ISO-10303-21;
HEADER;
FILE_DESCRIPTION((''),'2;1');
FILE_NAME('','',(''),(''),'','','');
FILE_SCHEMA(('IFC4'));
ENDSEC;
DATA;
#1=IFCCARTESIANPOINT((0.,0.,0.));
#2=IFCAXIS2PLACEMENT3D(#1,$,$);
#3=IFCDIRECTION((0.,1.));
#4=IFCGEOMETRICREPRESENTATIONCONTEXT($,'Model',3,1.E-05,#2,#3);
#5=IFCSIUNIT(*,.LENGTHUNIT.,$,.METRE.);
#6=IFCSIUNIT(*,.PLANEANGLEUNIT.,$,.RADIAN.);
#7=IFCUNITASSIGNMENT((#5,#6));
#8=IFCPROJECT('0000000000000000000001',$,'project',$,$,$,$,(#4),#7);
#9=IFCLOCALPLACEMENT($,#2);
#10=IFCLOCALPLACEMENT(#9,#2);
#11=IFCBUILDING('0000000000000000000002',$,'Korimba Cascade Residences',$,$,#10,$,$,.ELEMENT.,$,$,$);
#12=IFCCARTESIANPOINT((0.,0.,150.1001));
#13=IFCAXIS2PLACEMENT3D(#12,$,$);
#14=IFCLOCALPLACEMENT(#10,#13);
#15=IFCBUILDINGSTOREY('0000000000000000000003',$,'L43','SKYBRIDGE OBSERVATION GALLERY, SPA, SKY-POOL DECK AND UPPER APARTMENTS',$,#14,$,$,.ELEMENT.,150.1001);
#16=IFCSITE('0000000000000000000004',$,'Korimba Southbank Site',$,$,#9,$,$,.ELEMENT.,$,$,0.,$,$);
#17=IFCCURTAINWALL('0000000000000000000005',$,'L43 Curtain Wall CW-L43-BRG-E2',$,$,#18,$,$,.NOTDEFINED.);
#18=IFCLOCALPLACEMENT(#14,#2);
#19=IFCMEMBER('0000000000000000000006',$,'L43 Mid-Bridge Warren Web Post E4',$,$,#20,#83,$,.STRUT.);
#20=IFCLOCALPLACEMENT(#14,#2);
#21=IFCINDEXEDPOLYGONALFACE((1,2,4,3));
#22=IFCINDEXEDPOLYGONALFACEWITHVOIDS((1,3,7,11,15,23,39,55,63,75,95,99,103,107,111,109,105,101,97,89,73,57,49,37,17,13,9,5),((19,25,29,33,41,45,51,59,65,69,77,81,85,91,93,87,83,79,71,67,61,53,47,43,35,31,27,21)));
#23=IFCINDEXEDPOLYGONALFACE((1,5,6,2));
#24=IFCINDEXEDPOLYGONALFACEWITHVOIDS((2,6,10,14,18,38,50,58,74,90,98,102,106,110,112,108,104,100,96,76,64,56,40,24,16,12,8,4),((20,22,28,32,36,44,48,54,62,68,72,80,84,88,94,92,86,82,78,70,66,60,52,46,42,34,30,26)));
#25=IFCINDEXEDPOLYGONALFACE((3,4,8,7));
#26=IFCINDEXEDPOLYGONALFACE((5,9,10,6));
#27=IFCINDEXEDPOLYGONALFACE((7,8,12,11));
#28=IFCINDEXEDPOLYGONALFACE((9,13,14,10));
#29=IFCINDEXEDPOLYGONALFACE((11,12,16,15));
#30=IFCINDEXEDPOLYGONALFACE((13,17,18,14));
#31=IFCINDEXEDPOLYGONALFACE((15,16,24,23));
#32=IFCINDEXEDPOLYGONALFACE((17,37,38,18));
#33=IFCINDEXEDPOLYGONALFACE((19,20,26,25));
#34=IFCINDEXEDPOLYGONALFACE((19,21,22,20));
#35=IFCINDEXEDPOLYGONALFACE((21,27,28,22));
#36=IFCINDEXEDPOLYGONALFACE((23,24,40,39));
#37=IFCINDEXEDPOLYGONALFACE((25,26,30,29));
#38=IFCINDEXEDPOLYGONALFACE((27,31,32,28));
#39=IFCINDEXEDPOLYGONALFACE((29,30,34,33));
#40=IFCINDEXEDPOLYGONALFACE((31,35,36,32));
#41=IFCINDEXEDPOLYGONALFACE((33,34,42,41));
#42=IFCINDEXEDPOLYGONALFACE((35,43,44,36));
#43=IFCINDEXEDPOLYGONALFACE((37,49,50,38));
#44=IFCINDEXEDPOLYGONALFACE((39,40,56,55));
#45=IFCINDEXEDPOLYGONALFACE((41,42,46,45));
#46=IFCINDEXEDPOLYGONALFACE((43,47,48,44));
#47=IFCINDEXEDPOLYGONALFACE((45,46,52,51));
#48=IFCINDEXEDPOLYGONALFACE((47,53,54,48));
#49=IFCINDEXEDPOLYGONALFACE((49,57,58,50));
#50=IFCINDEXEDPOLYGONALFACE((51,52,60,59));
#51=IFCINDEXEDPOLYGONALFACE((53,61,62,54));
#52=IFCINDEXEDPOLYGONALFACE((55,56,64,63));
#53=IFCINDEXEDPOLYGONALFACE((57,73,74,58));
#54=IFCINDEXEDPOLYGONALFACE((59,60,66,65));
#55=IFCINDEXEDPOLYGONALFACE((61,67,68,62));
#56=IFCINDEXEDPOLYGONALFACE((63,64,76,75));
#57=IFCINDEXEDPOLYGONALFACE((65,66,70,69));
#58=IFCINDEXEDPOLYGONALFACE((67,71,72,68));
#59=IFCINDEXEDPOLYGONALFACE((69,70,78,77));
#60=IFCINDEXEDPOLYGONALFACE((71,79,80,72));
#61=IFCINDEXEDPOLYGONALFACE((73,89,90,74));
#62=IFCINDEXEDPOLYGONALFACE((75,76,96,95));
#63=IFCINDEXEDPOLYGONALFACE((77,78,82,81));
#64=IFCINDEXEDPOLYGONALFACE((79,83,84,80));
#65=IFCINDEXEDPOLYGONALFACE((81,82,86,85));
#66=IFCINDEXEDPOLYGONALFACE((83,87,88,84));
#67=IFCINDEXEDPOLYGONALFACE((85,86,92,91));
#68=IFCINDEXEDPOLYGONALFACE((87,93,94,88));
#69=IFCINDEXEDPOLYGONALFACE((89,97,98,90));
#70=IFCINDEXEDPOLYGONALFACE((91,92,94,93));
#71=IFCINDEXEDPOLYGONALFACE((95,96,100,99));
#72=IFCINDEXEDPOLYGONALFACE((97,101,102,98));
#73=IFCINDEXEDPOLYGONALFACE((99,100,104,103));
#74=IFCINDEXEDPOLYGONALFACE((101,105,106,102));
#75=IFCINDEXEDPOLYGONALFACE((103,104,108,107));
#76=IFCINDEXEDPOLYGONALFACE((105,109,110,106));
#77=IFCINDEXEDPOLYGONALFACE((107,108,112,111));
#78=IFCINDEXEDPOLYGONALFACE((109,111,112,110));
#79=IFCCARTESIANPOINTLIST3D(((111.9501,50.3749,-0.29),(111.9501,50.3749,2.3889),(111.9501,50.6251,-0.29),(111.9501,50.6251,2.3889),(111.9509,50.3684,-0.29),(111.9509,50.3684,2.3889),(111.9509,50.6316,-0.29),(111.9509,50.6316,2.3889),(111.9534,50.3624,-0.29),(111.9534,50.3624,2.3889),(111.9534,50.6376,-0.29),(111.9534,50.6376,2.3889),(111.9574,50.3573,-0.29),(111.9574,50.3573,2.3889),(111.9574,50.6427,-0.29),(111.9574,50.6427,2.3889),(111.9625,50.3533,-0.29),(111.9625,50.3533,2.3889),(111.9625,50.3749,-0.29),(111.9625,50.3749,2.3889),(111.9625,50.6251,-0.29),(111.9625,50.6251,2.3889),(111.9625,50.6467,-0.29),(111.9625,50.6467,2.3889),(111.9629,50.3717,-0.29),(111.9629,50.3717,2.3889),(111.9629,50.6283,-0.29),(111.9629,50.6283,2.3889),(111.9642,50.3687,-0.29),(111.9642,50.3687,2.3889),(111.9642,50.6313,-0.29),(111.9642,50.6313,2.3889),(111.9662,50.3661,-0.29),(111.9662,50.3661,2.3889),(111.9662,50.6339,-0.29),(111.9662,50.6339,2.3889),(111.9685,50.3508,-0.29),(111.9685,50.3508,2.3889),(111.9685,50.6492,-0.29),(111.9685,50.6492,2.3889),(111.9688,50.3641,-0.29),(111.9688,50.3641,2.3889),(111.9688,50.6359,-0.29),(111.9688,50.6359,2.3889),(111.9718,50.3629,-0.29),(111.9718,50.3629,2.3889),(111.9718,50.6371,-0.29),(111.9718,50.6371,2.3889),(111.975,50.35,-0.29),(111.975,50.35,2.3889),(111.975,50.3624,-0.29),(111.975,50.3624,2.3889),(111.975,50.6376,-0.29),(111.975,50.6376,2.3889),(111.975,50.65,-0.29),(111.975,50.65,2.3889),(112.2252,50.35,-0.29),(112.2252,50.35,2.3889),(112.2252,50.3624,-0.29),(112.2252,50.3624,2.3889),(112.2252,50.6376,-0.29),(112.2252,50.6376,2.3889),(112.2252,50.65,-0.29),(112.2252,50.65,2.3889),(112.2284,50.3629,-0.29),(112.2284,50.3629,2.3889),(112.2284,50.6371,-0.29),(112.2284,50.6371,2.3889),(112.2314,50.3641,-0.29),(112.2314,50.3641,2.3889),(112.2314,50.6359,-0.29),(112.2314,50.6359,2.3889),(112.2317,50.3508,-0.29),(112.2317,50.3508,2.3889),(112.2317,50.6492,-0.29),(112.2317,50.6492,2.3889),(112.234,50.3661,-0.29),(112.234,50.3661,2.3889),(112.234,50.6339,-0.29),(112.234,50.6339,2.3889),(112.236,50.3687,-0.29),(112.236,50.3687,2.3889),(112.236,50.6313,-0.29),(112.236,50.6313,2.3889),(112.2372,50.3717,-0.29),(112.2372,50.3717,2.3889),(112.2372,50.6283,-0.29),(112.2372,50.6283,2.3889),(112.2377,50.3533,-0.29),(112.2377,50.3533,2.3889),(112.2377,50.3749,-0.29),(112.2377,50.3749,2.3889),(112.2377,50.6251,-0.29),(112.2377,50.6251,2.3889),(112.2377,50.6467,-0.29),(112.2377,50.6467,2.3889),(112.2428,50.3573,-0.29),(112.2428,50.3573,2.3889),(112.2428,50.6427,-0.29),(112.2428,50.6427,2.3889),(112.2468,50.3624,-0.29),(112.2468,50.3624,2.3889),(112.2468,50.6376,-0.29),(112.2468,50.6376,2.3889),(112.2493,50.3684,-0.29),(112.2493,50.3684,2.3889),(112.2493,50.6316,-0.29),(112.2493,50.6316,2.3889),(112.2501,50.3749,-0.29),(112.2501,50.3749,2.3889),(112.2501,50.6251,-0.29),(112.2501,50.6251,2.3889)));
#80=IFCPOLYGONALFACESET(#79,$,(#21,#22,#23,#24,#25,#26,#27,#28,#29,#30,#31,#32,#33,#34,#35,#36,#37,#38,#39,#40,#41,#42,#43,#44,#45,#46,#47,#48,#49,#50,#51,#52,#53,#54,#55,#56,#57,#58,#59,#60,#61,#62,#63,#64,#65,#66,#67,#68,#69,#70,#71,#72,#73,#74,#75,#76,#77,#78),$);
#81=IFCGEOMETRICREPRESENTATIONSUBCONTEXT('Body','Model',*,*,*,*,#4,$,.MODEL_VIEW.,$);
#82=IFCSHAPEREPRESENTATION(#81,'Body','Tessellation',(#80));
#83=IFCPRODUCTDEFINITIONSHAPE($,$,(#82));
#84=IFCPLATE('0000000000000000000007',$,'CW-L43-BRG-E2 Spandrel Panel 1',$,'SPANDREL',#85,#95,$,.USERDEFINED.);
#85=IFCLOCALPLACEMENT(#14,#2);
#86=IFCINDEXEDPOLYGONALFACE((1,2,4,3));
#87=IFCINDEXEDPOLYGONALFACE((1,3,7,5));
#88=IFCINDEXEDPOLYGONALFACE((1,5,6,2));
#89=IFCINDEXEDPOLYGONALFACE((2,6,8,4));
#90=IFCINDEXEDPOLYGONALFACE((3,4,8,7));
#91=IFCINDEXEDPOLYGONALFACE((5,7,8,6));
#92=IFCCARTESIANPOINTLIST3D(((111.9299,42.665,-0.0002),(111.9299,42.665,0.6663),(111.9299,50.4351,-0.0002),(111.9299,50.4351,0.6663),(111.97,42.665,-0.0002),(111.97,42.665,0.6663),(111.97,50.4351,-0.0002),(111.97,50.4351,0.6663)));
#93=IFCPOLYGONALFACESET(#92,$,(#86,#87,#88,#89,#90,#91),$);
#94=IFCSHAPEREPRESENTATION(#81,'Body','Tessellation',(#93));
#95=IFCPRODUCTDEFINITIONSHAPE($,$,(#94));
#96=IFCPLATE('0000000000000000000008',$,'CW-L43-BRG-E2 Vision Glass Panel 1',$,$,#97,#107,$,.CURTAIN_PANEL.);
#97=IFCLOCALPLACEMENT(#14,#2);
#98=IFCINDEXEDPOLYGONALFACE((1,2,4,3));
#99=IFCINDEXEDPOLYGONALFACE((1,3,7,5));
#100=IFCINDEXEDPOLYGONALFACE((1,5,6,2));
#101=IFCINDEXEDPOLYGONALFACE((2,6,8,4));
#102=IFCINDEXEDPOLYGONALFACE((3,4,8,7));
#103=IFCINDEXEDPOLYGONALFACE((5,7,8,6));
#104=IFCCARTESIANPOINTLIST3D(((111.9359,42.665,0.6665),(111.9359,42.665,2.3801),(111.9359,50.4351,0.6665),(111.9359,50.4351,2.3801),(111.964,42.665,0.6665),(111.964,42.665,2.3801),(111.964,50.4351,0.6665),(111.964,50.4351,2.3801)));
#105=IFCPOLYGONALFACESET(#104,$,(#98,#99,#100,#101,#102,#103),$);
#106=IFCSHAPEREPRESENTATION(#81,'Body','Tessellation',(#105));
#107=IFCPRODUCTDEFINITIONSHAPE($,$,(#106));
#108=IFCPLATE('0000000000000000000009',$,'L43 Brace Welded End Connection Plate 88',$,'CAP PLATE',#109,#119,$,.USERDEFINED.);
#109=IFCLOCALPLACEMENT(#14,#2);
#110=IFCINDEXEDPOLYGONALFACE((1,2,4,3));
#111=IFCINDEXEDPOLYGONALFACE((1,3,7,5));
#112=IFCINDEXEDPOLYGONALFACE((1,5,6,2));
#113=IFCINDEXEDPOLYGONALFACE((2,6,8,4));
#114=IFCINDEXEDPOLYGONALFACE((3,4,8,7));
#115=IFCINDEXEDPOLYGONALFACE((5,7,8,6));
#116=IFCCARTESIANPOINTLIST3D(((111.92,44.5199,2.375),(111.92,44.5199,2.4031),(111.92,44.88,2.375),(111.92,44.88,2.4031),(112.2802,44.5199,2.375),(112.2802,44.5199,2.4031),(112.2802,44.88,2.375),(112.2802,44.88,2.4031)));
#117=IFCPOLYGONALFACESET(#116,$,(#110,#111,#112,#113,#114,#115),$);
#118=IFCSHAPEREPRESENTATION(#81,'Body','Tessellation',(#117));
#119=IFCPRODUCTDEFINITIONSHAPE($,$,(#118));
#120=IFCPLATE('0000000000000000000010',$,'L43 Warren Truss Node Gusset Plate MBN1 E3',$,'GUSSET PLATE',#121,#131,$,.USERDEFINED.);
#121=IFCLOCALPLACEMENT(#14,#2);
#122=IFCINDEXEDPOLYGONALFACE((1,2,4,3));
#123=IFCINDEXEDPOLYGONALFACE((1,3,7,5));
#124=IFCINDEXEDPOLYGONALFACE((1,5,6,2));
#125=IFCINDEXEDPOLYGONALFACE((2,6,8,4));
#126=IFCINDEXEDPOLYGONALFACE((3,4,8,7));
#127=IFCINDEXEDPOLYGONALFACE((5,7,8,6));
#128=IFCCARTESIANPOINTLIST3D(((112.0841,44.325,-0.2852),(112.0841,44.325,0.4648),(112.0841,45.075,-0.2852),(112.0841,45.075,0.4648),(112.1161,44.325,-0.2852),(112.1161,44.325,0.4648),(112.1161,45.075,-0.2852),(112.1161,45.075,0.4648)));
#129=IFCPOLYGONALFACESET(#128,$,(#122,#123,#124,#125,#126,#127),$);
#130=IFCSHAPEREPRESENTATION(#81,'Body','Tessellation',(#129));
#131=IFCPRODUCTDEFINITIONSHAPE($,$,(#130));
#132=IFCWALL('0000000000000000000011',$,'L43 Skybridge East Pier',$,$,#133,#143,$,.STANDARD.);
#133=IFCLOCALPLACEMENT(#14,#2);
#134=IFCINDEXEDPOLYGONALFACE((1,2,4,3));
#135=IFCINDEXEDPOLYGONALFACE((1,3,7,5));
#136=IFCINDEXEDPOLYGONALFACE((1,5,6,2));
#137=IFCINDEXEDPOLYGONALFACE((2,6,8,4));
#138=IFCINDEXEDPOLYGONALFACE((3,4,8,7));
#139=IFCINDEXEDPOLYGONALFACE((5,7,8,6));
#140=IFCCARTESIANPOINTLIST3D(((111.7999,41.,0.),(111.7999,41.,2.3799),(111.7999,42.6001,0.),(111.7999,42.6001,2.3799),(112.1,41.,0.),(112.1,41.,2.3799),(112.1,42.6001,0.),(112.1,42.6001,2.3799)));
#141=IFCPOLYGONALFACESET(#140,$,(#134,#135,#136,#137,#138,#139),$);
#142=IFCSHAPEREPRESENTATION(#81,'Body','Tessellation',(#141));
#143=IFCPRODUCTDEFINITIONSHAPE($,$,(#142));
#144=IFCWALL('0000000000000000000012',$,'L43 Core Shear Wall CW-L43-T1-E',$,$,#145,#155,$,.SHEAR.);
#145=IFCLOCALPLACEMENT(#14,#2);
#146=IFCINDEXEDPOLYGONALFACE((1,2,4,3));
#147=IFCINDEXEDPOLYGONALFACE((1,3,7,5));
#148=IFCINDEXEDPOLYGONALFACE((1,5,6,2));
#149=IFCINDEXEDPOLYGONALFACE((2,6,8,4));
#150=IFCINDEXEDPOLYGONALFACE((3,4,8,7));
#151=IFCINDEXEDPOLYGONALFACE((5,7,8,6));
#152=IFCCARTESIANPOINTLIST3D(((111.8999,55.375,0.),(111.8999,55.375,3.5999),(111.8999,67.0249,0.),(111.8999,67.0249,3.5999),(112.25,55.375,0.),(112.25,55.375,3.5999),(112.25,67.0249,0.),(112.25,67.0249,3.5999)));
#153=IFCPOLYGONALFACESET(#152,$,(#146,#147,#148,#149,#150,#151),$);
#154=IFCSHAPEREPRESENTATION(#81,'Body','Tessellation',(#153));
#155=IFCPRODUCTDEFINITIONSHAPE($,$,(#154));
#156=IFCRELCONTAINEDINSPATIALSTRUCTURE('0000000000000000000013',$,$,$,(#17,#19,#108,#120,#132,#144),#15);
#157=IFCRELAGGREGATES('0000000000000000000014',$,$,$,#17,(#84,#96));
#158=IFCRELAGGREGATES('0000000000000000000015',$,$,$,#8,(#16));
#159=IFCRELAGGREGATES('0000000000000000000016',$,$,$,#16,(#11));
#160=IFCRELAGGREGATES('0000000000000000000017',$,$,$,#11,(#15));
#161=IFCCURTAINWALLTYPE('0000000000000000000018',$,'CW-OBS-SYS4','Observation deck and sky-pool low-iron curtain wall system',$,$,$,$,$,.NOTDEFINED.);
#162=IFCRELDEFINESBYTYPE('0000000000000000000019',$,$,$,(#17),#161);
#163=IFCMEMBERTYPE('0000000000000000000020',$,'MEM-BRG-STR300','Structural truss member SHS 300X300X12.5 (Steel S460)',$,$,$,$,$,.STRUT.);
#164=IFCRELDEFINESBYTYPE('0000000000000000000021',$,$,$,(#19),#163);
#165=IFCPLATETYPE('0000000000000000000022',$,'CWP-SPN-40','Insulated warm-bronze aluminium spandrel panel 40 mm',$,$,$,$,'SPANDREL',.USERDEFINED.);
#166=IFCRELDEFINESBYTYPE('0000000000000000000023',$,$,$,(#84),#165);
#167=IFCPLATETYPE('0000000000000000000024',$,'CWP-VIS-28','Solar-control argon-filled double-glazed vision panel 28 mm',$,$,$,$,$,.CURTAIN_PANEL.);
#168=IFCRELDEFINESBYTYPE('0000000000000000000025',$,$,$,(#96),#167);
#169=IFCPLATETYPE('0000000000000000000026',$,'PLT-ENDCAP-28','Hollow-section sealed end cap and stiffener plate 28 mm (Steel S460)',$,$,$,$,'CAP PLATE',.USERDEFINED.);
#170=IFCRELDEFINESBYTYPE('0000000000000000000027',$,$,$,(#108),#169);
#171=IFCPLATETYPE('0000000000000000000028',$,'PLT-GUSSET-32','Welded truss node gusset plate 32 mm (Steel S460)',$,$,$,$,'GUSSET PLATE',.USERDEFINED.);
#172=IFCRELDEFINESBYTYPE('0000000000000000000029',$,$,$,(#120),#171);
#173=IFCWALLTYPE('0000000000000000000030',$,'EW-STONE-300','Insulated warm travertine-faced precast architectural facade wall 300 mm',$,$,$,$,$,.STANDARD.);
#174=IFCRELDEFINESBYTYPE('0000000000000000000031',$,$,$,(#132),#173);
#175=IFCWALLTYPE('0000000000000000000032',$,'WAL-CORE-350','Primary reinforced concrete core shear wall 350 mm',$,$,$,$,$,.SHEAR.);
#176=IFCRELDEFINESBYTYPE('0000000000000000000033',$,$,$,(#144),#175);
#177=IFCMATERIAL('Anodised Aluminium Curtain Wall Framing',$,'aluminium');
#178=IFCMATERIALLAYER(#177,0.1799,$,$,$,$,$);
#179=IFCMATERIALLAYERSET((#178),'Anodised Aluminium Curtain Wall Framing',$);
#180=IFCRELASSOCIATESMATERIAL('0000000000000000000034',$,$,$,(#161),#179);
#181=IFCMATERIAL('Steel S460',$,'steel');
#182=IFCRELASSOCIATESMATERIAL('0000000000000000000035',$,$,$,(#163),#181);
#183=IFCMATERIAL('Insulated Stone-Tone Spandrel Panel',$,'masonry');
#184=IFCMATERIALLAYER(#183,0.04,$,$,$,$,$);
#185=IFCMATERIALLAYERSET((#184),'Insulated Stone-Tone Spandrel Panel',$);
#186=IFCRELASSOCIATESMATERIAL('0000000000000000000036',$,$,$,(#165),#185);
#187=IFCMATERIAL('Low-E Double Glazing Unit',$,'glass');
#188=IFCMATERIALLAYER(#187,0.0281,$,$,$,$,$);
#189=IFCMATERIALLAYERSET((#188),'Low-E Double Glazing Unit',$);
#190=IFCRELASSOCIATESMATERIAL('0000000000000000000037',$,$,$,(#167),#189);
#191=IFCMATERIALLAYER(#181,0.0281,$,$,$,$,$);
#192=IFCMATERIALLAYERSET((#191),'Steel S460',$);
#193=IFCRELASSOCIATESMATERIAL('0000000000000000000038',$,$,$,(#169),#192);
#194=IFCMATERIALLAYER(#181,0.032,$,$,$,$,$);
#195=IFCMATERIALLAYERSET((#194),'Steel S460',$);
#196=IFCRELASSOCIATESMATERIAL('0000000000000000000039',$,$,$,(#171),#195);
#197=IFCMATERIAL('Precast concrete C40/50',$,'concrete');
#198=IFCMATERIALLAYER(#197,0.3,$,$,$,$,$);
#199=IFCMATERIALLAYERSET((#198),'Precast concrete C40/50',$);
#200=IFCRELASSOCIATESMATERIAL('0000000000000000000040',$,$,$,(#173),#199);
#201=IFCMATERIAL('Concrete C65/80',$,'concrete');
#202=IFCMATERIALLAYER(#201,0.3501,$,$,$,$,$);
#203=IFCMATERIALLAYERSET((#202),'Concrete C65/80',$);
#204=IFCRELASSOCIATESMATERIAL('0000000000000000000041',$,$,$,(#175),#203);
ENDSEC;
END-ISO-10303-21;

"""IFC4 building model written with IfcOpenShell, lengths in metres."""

from ifc_helpers import new_model, si_unit, direction, frame, frame_2d, origin, origin_2d, place, context, subcontext, project, spatial, rectangle, hollow_rectangle, extrude, material, layer, layer_set, material_profile, profile_set, type_object, element, aggregate, save


model = new_model("IFC4")

# Units and contexts
model_context = context("Model", 3, precision=1e-05, world=origin(), true_north=direction((0.0, 1.0)))
body_context = subcontext(model_context, "Body", "Model", "MODEL_VIEW")
ifc_project = project(units=[si_unit("LENGTHUNIT", "METRE"), si_unit("PLANEANGLEUNIT", "RADIAN")], contexts=[model_context])

# Site, building, storey
site_placement = place(None, origin())
site = spatial("IfcSite", under=ifc_project, at=site_placement, Name="Korimba Southbank Site", CompositionType="ELEMENT", RefElevation=0.0)
building_placement = place(site_placement, origin())
building = spatial("IfcBuilding", under=site, at=building_placement, Name="Korimba Cascade Residences", CompositionType="ELEMENT")
storey_placement = place(building_placement, frame((0.0, 0.0, 150.1001)))
storey = spatial("IfcBuildingStorey", under=building, at=storey_placement, Name="L43", Description="SKYBRIDGE OBSERVATION GALLERY, SPA, SKY-POOL DECK AND UPPER APARTMENTS", CompositionType="ELEMENT", Elevation=150.1001)

# Shared definitions
ifc_material_1 = material(Name="Anodised Aluminium Curtain Wall Framing", Category="aluminium")
ifc_layer_1 = layer(ifc_material_1, 0.1799)
ifc_layer_set_1 = layer_set([ifc_layer_1], Name="Anodised Aluminium Curtain Wall Framing")
curtain_wall_type = type_object("IfcCurtainWallType", Name="CW-OBS-SYS4", Description="Observation deck and sky-pool low-iron curtain wall system", PredefinedType="NOTDEFINED", material=ifc_layer_set_1)

# Curtain wall
curtain_wall_1_placement = place(storey_placement, origin())
curtain_wall_1 = element("IfcCurtainWall", 1, at=curtain_wall_1_placement, inside=storey, type_object=curtain_wall_type, Name="L43 Curtain Wall CW-L43-BRG-E2", PredefinedType="NOTDEFINED")

# Member
ifc_material_2 = material(Name="Steel S460", Category="steel")
ifc_material_profile_1 = material_profile(ifc_material_2, hollow_rectangle(XDim=0.3, YDim=0.3, WallThickness=0.0125, InnerFilletRadius=0.0125, OuterFilletRadius=0.0249, at=origin_2d()), Name="Steel S460")
ifc_profile_set_1 = profile_set([ifc_material_profile_1], Name="Steel S460")
member_type_1 = type_object("IfcMemberType", Name="MEM-BRG-STR300", Description="Structural truss member SHS 300X300X12.5 (Steel S460)", PredefinedType="STRUT", material=ifc_profile_set_1)
for number, where, z_axis, x_axis, name in (
    (2, (112.1001, 50.5, -0.29), (0.0, 0.0, 1.0), (1.0, 0.0, 0.0), "L43 Mid-Bridge Warren Web Post E4"),
):
    element("IfcMember", number, at=place(storey_placement, frame(where, z_axis=z_axis, x_axis=x_axis)), inside=storey, type_object=member_type_1, Name=name, PredefinedType="STRUT", context=body_context, shape_type="SweptSolid", body=[
        extrude(hollow_rectangle(XDim=0.3, YDim=0.3, WallThickness=0.0125, InnerFilletRadius=0.0125, OuterFilletRadius=0.0249, at=origin_2d()), origin(), (0.0, 0.0, 1.0), 2.679),
    ])

# Plates
ifc_material_3 = material(Name="Insulated Stone-Tone Spandrel Panel", Category="masonry")
ifc_layer_2 = layer(ifc_material_3, 0.04)
ifc_layer_set_2 = layer_set([ifc_layer_2], Name="Insulated Stone-Tone Spandrel Panel")
plate_type_1 = type_object("IfcPlateType", Name="CWP-SPN-40", Description="Insulated warm-bronze aluminium spandrel panel 40 mm", ElementType="SPANDREL", PredefinedType="USERDEFINED", material=ifc_layer_set_2)
plate_1_placement = place(storey_placement, frame((111.95, 46.55, -0.0002), z_axis=(0.0, 0.0, 1.0), x_axis=(0.0, 1.0, 0.0)))
plate_1 = element("IfcPlate", 3, at=plate_1_placement, type_object=plate_type_1, Name="CW-L43-BRG-E2 Spandrel Panel 1", ObjectType="SPANDREL", PredefinedType="USERDEFINED", context=body_context, shape_type="SweptSolid", body=[
    extrude(rectangle(XDim=7.77, YDim=0.04, at=origin_2d()), origin(), (0.0, 0.0, 1.0), 0.6665),
])
ifc_material_4 = material(Name="Low-E Double Glazing Unit", Category="glass")
ifc_layer_3 = layer(ifc_material_4, 0.0281)
ifc_layer_set_3 = layer_set([ifc_layer_3], Name="Low-E Double Glazing Unit")
plate_type_2 = type_object("IfcPlateType", Name="CWP-VIS-28", Description="Solar-control argon-filled double-glazed vision panel 28 mm", PredefinedType="CURTAIN_PANEL", material=ifc_layer_set_3)
plate_2_placement = place(storey_placement, frame((111.95, 46.55, 0.6665), z_axis=(0.0, 0.0, 1.0), x_axis=(0.0, 1.0, 0.0)))
plate_2 = element("IfcPlate", 4, at=plate_2_placement, type_object=plate_type_2, Name="CW-L43-BRG-E2 Vision Glass Panel 1", PredefinedType="CURTAIN_PANEL", context=body_context, shape_type="SweptSolid", body=[
    extrude(rectangle(XDim=7.77, YDim=0.0281, at=origin_2d()), origin(), (0.0, 0.0, 1.0), 1.7136),
])
aggregate(curtain_wall_1, [plate_1, plate_2])

# Plates
ifc_layer_4 = layer(ifc_material_2, 0.0281)
ifc_layer_set_4 = layer_set([ifc_layer_4], Name="Steel S460")
plate_type_3 = type_object("IfcPlateType", Name="PLT-ENDCAP-28", Description="Hollow-section sealed end cap and stiffener plate 28 mm (Steel S460)", ElementType="CAP PLATE", PredefinedType="USERDEFINED", material=ifc_layer_set_4)
plate_3_placement = place(storey_placement, frame((112.1001, 44.7, 2.375), z_axis=(0.0, 0.0, 1.0), x_axis=(1.0, 0.0, 0.0)))
element("IfcPlate", 5, at=plate_3_placement, inside=storey, type_object=plate_type_3, Name="L43 Brace Welded End Connection Plate 88", ObjectType="CAP PLATE", PredefinedType="USERDEFINED", context=body_context, shape_type="SweptSolid", body=[
    extrude(rectangle(XDim=0.3601, YDim=0.3601, at=origin_2d()), origin(), (0.0, 0.0, 1.0), 0.0281),
])
ifc_layer_5 = layer(ifc_material_2, 0.032)
ifc_layer_set_5 = layer_set([ifc_layer_5], Name="Steel S460")
plate_type_4 = type_object("IfcPlateType", Name="PLT-GUSSET-32", Description="Welded truss node gusset plate 32 mm (Steel S460)", ElementType="GUSSET PLATE", PredefinedType="USERDEFINED", material=ifc_layer_set_5)
plate_4_placement = place(storey_placement, frame((112.1001, 44.7, -0.2852), z_axis=(0.0, 0.0, 1.0), x_axis=(1.0, 0.0, 0.0)))
element("IfcPlate", 6, at=plate_4_placement, inside=storey, type_object=plate_type_4, Name="L43 Warren Truss Node Gusset Plate MBN1 E3", ObjectType="GUSSET PLATE", PredefinedType="USERDEFINED", context=body_context, shape_type="SweptSolid", body=[
    extrude(rectangle(XDim=0.032, YDim=0.75, at=origin_2d()), origin(), (0.0, 0.0, 1.0), 0.75),
])

# Walls
ifc_material_5 = material(Name="Precast concrete C40/50", Category="concrete")
ifc_layer_6 = layer(ifc_material_5, 0.3)
ifc_layer_set_6 = layer_set([ifc_layer_6], Name="Precast concrete C40/50")
wall_type_1 = type_object("IfcWallType", Name="EW-STONE-300", Description="Insulated warm travertine-faced precast architectural facade wall 300 mm", PredefinedType="STANDARD", material=ifc_layer_set_6)
wall_1_placement = place(storey_placement, frame((111.95, 41.0, 0.0), z_axis=(0.0, 0.0, 1.0), x_axis=(0.0, 1.0, 0.0)))
element("IfcWall", 7, at=wall_1_placement, inside=storey, type_object=wall_type_1, Name="L43 Skybridge East Pier", PredefinedType="STANDARD", context=body_context, shape_type="SweptSolid", body=[
    extrude(rectangle(XDim=1.6001, YDim=0.3, at=frame_2d((0.8, 0.0))), origin(), (0.0, 0.0, 1.0), 2.3799),
])
ifc_material_6 = material(Name="Concrete C65/80", Category="concrete")
ifc_layer_7 = layer(ifc_material_6, 0.3501)
ifc_layer_set_7 = layer_set([ifc_layer_7], Name="Concrete C65/80")
wall_type_2 = type_object("IfcWallType", Name="WAL-CORE-350", Description="Primary reinforced concrete core shear wall 350 mm", PredefinedType="SHEAR", material=ifc_layer_set_7)
wall_2_placement = place(storey_placement, frame((112.075, 55.375, 0.0), z_axis=(0.0, 0.0, 1.0), x_axis=(0.0, 1.0, 0.0)))
element("IfcWall", 8, at=wall_2_placement, inside=storey, type_object=wall_type_2, Name="L43 Core Shear Wall CW-L43-T1-E", PredefinedType="SHEAR", context=body_context, shape_type="SweptSolid", body=[
    extrude(rectangle(XDim=11.6499, YDim=0.3501, at=frame_2d((5.825, 0.0))), origin(), (0.0, 0.0, 1.0), 3.5999),
])

save(model, "model.ifc")
